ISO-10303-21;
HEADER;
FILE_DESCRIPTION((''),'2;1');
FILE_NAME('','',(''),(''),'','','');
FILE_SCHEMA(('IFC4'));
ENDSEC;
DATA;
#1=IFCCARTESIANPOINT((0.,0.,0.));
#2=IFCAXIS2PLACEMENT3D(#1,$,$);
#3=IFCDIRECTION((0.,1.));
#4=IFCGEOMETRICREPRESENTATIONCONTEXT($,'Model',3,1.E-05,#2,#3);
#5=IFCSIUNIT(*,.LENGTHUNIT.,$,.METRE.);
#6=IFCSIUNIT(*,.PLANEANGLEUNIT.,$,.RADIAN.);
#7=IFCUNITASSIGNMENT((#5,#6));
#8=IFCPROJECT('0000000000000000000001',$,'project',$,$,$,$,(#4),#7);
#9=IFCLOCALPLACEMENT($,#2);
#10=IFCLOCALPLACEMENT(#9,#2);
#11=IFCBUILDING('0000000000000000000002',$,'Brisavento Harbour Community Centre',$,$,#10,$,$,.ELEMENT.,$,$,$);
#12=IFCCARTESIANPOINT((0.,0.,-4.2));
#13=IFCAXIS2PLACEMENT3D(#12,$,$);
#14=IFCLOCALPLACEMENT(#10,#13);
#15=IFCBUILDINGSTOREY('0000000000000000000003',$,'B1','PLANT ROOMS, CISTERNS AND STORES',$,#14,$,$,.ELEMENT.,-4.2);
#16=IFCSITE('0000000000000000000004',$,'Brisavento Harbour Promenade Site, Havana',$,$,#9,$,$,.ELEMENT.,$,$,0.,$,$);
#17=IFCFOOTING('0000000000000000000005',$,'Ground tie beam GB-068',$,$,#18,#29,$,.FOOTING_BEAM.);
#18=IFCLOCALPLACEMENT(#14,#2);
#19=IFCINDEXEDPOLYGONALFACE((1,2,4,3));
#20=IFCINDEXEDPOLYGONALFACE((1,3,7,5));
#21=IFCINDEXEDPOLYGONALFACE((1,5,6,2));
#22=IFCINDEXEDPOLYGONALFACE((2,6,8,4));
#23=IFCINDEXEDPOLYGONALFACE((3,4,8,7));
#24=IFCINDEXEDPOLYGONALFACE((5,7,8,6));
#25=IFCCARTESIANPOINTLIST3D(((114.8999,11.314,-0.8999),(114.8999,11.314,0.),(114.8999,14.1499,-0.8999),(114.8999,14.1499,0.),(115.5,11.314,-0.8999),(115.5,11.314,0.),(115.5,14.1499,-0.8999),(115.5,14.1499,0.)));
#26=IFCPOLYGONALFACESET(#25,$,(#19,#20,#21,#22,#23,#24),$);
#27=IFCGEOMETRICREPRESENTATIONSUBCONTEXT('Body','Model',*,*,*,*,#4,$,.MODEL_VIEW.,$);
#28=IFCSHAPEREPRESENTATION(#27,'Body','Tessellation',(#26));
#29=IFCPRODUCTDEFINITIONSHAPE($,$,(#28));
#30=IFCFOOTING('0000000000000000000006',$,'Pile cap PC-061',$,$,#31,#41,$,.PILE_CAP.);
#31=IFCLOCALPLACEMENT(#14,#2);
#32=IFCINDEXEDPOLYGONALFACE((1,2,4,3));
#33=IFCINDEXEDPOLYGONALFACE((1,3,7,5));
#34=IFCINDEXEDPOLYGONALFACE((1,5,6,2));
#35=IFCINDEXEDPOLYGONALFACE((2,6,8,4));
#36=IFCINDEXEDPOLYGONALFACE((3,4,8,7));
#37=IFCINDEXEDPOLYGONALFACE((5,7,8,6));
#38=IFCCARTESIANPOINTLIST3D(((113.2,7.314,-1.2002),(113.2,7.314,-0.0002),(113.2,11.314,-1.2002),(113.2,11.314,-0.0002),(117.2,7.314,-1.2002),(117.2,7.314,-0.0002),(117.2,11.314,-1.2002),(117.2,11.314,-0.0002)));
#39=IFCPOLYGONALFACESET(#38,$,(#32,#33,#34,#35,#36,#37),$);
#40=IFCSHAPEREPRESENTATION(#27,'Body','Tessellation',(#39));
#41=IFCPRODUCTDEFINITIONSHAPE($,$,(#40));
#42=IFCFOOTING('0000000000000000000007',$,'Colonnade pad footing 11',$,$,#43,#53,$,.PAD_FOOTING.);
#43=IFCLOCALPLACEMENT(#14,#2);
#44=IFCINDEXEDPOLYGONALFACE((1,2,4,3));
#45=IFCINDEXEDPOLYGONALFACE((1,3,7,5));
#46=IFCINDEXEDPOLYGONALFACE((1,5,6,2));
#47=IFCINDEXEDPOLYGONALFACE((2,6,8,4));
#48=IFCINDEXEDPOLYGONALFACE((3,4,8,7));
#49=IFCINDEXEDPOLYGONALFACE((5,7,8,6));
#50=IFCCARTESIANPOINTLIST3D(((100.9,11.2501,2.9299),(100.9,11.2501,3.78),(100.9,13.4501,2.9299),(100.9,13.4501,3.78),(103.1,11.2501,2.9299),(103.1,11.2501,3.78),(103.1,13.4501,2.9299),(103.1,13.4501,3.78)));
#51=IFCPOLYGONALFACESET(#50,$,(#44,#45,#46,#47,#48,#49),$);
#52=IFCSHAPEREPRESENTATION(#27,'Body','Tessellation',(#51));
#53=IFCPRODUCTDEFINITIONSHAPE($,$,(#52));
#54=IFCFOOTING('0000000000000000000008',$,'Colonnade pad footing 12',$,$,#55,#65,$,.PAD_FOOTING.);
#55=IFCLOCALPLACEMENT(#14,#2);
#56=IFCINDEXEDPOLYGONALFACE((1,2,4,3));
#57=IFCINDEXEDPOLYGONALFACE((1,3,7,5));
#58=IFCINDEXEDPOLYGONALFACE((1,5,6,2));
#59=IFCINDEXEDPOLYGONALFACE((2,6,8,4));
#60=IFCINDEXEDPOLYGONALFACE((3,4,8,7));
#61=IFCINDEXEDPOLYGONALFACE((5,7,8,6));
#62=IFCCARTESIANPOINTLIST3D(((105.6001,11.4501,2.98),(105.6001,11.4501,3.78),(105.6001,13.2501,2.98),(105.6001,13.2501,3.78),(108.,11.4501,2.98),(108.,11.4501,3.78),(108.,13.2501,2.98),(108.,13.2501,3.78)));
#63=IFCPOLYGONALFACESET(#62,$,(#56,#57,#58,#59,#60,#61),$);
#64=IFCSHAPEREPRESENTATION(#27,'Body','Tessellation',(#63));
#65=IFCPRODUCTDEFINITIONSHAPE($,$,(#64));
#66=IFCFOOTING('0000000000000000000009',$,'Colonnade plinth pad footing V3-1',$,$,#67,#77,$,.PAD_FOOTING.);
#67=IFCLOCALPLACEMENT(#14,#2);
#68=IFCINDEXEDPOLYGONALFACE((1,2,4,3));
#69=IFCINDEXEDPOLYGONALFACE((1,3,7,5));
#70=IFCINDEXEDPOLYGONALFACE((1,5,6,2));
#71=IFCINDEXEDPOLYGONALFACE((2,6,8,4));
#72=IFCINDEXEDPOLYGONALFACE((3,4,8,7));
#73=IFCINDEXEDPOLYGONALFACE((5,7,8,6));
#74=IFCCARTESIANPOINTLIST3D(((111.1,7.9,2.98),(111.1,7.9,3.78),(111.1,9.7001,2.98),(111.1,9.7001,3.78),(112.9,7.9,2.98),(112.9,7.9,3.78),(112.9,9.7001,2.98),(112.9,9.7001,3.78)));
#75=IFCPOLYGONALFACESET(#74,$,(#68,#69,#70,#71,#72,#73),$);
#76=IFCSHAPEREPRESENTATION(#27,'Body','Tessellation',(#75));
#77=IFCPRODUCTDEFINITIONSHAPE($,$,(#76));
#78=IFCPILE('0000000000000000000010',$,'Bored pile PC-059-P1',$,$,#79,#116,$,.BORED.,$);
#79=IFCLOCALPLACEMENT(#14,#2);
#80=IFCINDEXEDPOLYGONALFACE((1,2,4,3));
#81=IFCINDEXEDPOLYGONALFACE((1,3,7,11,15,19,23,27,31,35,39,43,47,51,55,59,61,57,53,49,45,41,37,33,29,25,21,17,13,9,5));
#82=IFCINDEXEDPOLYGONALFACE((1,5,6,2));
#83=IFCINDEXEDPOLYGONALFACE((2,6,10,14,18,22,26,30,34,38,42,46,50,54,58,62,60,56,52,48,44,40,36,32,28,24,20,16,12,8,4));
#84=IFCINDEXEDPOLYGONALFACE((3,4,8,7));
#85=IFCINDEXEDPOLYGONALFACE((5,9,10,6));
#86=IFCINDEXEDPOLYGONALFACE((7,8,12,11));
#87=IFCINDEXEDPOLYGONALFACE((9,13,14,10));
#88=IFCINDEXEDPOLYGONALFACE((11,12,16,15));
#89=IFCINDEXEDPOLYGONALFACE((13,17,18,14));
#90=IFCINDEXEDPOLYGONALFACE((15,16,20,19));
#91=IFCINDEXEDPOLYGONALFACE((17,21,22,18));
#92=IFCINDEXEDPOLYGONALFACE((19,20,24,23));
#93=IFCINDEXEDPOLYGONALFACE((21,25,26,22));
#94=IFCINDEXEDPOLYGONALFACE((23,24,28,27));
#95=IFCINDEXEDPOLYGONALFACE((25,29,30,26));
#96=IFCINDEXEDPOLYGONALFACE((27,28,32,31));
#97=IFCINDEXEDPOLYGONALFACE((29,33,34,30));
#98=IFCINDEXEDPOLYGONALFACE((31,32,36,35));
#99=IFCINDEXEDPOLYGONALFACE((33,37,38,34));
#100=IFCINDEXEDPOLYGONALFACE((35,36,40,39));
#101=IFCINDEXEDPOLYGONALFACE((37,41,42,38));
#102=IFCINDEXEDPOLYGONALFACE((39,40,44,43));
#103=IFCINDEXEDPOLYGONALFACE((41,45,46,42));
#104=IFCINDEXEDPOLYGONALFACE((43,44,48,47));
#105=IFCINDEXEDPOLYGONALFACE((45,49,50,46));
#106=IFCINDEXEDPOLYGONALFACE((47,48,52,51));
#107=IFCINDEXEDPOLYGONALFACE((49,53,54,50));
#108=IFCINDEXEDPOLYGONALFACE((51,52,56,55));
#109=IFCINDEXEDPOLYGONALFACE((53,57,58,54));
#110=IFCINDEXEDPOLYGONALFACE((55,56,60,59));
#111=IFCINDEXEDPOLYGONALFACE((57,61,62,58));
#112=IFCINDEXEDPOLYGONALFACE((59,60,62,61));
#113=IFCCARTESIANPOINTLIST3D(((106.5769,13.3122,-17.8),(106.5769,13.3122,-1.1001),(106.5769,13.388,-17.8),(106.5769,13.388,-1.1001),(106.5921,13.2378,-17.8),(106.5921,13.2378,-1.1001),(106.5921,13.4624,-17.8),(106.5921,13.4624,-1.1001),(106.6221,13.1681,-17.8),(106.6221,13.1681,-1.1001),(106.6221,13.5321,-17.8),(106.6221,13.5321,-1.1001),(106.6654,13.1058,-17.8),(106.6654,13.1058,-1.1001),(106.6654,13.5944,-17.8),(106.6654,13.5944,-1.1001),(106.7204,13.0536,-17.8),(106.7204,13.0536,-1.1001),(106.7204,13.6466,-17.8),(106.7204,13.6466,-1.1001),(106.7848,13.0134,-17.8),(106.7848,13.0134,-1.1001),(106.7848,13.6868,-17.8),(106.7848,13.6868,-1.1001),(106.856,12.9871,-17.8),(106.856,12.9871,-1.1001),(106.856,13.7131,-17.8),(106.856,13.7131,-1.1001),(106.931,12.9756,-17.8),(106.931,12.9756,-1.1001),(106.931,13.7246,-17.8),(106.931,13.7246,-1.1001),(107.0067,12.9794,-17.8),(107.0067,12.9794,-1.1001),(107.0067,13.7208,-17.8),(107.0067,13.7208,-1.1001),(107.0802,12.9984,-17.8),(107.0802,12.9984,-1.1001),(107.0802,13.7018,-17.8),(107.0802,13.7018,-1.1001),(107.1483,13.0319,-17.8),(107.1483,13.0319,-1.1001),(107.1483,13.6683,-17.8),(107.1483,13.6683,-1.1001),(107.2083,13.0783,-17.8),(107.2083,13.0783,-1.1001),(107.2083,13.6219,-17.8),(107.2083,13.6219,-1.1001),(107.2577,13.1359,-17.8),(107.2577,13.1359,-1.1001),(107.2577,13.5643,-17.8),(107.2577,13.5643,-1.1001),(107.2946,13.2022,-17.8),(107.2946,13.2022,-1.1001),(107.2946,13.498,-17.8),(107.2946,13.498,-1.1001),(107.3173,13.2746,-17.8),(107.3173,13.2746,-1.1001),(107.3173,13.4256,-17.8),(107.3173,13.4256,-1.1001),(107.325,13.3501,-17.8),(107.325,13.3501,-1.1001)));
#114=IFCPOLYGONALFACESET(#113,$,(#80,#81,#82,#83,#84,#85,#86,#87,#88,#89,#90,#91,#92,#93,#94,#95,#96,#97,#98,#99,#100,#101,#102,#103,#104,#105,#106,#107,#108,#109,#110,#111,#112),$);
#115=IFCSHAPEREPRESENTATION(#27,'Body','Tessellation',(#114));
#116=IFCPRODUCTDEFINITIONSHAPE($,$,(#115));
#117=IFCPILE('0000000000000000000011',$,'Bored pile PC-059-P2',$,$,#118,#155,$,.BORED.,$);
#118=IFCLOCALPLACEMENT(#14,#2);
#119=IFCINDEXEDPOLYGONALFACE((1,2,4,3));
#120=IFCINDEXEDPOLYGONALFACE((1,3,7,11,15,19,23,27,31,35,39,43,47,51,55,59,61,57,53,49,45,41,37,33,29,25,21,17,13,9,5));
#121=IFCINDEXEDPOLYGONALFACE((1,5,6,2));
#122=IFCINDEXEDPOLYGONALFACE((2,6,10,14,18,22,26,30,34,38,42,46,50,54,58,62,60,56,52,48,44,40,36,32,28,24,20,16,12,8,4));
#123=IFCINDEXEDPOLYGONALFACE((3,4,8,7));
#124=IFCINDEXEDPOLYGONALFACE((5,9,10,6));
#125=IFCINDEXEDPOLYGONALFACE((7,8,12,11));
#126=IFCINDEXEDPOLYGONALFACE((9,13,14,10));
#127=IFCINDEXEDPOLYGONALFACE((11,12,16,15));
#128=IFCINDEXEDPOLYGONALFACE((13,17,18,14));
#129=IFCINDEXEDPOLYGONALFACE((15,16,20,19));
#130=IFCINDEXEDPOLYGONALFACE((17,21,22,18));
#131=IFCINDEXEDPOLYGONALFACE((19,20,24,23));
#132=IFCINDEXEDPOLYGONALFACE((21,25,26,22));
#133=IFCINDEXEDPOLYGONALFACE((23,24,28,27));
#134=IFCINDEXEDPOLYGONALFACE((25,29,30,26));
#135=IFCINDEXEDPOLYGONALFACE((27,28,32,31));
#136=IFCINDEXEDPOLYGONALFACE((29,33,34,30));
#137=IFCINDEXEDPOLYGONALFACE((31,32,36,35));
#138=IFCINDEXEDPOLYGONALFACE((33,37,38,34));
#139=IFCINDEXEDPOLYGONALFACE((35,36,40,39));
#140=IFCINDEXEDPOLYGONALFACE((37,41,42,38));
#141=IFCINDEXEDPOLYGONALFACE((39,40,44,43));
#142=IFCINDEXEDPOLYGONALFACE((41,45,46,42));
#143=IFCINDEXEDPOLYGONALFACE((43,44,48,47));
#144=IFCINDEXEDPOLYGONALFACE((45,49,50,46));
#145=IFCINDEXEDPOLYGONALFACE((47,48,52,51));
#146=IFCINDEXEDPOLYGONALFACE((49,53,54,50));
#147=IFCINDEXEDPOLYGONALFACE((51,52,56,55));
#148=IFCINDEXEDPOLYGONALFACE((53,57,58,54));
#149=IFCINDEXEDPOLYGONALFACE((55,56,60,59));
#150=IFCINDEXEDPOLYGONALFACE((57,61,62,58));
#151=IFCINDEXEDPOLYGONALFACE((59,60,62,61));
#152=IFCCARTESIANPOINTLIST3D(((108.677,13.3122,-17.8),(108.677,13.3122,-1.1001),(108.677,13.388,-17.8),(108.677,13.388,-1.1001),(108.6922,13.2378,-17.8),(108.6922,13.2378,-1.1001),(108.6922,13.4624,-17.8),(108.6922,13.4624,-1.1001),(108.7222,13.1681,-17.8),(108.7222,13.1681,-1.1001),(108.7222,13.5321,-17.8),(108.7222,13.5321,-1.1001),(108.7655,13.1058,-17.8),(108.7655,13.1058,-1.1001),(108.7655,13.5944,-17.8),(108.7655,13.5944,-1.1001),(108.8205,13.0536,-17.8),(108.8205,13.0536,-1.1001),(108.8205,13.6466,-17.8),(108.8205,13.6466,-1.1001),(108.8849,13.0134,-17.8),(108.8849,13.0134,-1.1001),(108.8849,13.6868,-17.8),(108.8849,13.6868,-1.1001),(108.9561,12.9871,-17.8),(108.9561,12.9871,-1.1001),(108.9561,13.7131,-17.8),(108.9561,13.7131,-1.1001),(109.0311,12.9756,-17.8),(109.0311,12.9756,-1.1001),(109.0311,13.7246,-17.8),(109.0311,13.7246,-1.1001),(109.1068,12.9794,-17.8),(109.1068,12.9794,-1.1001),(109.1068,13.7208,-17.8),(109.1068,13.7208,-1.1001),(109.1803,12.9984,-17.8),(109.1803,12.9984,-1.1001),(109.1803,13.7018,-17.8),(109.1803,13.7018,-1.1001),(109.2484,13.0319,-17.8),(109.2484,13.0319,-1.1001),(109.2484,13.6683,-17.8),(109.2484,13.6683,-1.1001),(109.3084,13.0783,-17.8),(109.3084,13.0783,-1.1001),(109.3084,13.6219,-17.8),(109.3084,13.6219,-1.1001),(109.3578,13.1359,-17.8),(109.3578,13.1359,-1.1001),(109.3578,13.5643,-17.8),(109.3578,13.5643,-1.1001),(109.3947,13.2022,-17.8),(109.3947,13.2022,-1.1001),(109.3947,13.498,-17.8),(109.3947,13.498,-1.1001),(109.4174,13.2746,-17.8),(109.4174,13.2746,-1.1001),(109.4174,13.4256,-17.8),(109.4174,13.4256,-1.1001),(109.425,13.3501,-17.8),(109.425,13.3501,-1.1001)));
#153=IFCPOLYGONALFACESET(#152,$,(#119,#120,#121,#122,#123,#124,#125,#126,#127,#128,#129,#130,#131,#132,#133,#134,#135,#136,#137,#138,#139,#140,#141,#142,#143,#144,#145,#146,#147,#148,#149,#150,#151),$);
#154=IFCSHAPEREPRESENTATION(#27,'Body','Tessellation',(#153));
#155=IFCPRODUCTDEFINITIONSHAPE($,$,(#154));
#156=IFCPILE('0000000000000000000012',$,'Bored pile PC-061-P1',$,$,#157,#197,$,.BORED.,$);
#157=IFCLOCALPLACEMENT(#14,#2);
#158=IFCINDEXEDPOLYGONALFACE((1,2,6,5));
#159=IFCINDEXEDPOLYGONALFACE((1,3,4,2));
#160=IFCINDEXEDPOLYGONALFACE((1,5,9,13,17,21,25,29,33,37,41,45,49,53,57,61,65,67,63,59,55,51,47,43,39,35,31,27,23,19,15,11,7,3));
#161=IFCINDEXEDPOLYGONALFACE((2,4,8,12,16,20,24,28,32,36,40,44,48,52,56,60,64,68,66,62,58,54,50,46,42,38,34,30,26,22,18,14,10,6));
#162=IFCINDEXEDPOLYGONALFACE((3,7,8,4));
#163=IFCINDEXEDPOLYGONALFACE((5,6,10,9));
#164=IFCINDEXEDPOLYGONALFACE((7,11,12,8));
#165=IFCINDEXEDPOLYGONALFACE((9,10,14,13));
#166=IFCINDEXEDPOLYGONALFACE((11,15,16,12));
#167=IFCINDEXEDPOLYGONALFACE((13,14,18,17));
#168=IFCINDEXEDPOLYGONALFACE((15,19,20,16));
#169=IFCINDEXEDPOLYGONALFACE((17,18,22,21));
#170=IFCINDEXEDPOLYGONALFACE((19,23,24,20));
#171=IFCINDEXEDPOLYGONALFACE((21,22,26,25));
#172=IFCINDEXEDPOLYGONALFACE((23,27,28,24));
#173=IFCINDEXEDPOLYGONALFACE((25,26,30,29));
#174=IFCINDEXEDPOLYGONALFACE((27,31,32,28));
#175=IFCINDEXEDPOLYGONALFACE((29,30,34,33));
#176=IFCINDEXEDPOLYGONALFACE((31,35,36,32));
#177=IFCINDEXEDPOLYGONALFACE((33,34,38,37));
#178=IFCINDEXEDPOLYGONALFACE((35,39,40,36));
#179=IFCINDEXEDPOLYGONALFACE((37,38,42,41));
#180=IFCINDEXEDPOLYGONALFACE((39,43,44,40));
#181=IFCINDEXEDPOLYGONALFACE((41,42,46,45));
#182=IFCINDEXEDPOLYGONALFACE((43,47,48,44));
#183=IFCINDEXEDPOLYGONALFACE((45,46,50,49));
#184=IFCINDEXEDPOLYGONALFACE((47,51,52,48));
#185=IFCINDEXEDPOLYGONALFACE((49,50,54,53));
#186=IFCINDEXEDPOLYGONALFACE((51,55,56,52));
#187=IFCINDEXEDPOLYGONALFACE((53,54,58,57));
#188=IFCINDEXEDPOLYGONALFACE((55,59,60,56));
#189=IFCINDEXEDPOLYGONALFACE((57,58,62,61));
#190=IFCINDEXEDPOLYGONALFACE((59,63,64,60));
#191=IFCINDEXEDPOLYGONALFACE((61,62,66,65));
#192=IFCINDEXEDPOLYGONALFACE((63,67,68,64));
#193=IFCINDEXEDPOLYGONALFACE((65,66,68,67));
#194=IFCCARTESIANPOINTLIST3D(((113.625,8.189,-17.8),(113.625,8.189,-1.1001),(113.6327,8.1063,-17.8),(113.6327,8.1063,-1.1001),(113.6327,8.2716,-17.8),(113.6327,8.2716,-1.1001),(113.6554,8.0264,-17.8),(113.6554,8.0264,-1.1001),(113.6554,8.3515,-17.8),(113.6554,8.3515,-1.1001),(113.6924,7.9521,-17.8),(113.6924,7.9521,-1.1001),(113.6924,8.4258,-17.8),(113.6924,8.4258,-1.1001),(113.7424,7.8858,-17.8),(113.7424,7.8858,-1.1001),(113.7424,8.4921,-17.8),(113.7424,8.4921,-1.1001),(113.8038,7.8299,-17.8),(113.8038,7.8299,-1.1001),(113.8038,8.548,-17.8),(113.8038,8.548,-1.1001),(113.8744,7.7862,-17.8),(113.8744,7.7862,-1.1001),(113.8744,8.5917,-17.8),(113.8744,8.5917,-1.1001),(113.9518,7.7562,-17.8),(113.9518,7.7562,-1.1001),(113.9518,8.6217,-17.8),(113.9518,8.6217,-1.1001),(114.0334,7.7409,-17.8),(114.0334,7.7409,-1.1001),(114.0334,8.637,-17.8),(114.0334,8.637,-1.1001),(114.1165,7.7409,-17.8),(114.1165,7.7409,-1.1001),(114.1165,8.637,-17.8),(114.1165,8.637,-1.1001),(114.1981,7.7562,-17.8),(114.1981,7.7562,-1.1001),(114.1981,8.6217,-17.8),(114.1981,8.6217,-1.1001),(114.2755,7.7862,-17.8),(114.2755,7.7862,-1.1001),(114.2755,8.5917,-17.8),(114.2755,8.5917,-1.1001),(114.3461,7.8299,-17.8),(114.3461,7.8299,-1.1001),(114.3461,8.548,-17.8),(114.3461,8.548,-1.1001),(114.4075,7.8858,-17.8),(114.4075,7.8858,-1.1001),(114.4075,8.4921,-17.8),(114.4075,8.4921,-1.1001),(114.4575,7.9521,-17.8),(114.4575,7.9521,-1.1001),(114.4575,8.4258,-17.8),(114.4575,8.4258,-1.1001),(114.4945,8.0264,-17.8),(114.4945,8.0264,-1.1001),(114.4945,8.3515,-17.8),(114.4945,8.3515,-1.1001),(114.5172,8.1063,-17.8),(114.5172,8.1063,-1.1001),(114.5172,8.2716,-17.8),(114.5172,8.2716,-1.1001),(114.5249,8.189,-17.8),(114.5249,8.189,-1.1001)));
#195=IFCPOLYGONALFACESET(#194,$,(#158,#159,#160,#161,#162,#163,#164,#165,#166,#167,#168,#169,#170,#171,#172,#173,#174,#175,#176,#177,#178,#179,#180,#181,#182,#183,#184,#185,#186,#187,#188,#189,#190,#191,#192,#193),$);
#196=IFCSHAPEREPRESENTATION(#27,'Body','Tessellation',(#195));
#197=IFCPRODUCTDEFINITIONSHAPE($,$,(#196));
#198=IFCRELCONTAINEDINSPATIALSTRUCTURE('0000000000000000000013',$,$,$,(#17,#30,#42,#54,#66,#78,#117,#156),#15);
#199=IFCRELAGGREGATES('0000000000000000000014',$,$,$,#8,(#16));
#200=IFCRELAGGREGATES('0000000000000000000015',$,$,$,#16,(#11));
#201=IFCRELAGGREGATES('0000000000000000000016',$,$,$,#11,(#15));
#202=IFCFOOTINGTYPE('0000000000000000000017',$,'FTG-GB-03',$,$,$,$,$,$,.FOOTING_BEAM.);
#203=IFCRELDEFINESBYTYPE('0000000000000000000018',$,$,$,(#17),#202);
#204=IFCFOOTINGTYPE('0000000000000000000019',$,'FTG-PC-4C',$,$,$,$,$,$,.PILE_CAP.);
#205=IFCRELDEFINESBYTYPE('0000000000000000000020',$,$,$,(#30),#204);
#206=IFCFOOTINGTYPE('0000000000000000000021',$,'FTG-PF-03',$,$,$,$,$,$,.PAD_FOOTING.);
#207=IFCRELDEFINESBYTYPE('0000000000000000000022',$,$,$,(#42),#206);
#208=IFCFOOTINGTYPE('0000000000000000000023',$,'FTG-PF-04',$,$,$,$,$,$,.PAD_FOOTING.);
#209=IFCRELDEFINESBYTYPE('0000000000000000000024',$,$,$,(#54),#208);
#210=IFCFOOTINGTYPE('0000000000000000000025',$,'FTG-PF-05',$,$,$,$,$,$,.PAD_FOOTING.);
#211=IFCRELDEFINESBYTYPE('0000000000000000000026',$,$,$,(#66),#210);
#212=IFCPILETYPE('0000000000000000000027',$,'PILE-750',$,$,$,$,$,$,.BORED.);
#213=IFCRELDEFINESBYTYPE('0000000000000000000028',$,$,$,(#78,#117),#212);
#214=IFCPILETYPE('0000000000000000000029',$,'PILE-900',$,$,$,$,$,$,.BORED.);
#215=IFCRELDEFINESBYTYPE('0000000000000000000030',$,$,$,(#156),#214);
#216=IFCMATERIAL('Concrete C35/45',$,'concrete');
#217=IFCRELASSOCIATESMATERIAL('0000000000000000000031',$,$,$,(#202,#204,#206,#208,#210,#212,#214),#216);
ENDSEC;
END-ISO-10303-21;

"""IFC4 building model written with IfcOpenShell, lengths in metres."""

from ifc_helpers import new_model, si_unit, direction, frame, origin, origin_2d, place, context, subcontext, project, spatial, rectangle, circle, extrude, material, material_profile, profile_set, type_object, element, save


model = new_model("IFC4")

# Units and contexts
model_context = context("Model", 3, precision=1e-05, world=origin(), true_north=direction((0.0, 1.0)))
body_context = subcontext(model_context, "Body", "Model", "MODEL_VIEW")
ifc_project = project(units=[si_unit("LENGTHUNIT", "METRE"), si_unit("PLANEANGLEUNIT", "RADIAN")], contexts=[model_context])

# Site, building, storey
site_placement = place(None, origin())
site = spatial("IfcSite", under=ifc_project, at=site_placement, Name="Brisavento Harbour Promenade Site, Havana", CompositionType="ELEMENT", RefElevation=0.0)
building_placement = place(site_placement, origin())
building = spatial("IfcBuilding", under=site, at=building_placement, Name="Brisavento Harbour Community Centre", CompositionType="ELEMENT")
storey_placement = place(building_placement, frame((0.0, 0.0, -4.2)))
storey = spatial("IfcBuildingStorey", under=building, at=storey_placement, Name="B1", Description="PLANT ROOMS, CISTERNS AND STORES", CompositionType="ELEMENT", Elevation=-4.2)

# Footings
ifc_material_1 = material(Name="Concrete C35/45", Category="concrete")
footing_type_1 = type_object("IfcFootingType", Name="FTG-GB-03", PredefinedType="FOOTING_BEAM", material=ifc_material_1)
footing_1_placement = place(storey_placement, frame((115.2, 12.7319, -0.8999), z_axis=(0.0, 0.0, 1.0), x_axis=(1.0, 0.0, 0.0)))
element("IfcFooting", 1, at=footing_1_placement, inside=storey, type_object=footing_type_1, Name="Ground tie beam GB-068", PredefinedType="FOOTING_BEAM", context=body_context, shape_type="SweptSolid", body=[
    extrude(rectangle(XDim=0.6001, YDim=2.8359, at=origin_2d()), origin(), (0.0, 0.0, 1.0), 0.8999),
])
footing_type_2 = type_object("IfcFootingType", Name="FTG-PC-4C", PredefinedType="PILE_CAP", material=ifc_material_1)
footing_2_placement = place(storey_placement, frame((115.2, 9.314, -1.2002), z_axis=(0.0, 0.0, 1.0), x_axis=(1.0, 0.0, 0.0)))
element("IfcFooting", 2, at=footing_2_placement, inside=storey, type_object=footing_type_2, Name="Pile cap PC-061", PredefinedType="PILE_CAP", context=body_context, shape_type="SweptSolid", body=[
    extrude(rectangle(XDim=4.0, YDim=4.0, at=origin_2d()), origin(), (0.0, 0.0, 1.0), 1.2),
])
footing_type_3 = type_object("IfcFootingType", Name="FTG-PF-03", PredefinedType="PAD_FOOTING", material=ifc_material_1)
footing_3_placement = place(storey_placement, frame((102.0, 12.3501, 2.9299), z_axis=(0.0, 0.0, 1.0), x_axis=(1.0, 0.0, 0.0)))
element("IfcFooting", 3, at=footing_3_placement, inside=storey, type_object=footing_type_3, Name="Colonnade pad footing 11", PredefinedType="PAD_FOOTING", context=body_context, shape_type="SweptSolid", body=[
    extrude(rectangle(XDim=2.2, YDim=2.2, at=origin_2d()), origin(), (0.0, 0.0, 1.0), 0.8501),
])
footing_type_4 = type_object("IfcFootingType", Name="FTG-PF-04", PredefinedType="PAD_FOOTING", material=ifc_material_1)
footing_4_placement = place(storey_placement, frame((106.8, 12.3501, 2.98), z_axis=(0.0, 0.0, 1.0), x_axis=(1.0, 0.0, 0.0)))
element("IfcFooting", 4, at=footing_4_placement, inside=storey, type_object=footing_type_4, Name="Colonnade pad footing 12", PredefinedType="PAD_FOOTING", context=body_context, shape_type="SweptSolid", body=[
    extrude(rectangle(XDim=2.3999, YDim=1.8, at=origin_2d()), origin(), (0.0, 0.0, 1.0), 0.8),
])
footing_type_5 = type_object("IfcFootingType", Name="FTG-PF-05", PredefinedType="PAD_FOOTING", material=ifc_material_1)
footing_5_placement = place(storey_placement, frame((112.0, 8.8, 2.98), z_axis=(0.0, 0.0, 1.0), x_axis=(1.0, 0.0, 0.0)))
element("IfcFooting", 5, at=footing_5_placement, inside=storey, type_object=footing_type_5, Name="Colonnade plinth pad footing V3-1", PredefinedType="PAD_FOOTING", context=body_context, shape_type="SweptSolid", body=[
    extrude(rectangle(XDim=1.8, YDim=1.8, at=origin_2d()), origin(), (0.0, 0.0, 1.0), 0.8),
])

# Piles
ifc_material_profile_1 = material_profile(ifc_material_1, circle(Radius=0.375, at=origin_2d()), Name="Concrete C35/45")
ifc_profile_set_1 = profile_set([ifc_material_profile_1], Name="Concrete C35/45")
pile_type_1 = type_object("IfcPileType", Name="PILE-750", PredefinedType="BORED", material=ifc_profile_set_1)
for number, where, z_axis, x_axis, name in (
    (6, (106.95, 13.3501, -1.1001), (0.0, 0.0, -1.0), (1.0, 0.0, 0.0), "Bored pile PC-059-P1"),
    (7, (109.05, 13.3501, -1.1001), (0.0, 0.0, -1.0), (1.0, 0.0, 0.0), "Bored pile PC-059-P2"),
):
    element("IfcPile", number, at=place(storey_placement, frame(where, z_axis=z_axis, x_axis=x_axis)), inside=storey, type_object=pile_type_1, Name=name, PredefinedType="BORED", context=body_context, shape_type="SweptSolid", body=[
        extrude(circle(Radius=0.375, at=origin_2d()), origin(), (0.0, 0.0, 1.0), 16.7),
    ])
ifc_material_profile_2 = material_profile(ifc_material_1, circle(Radius=0.45, at=origin_2d()), Name="Concrete C35/45")
ifc_profile_set_2 = profile_set([ifc_material_profile_2], Name="Concrete C35/45")
pile_type_2 = type_object("IfcPileType", Name="PILE-900", PredefinedType="BORED", material=ifc_profile_set_2)
for number, where, z_axis, x_axis, name in (
    (8, (114.075, 8.189, -1.1001), (0.0, 0.0, -1.0), (1.0, 0.0, 0.0), "Bored pile PC-061-P1"),
):
    element("IfcPile", number, at=place(storey_placement, frame(where, z_axis=z_axis, x_axis=x_axis)), inside=storey, type_object=pile_type_2, Name=name, PredefinedType="BORED", context=body_context, shape_type="SweptSolid", body=[
        extrude(circle(Radius=0.45, at=origin_2d()), origin(), (0.0, 0.0, 1.0), 16.7),
    ])

save(model, "model.ifc")
